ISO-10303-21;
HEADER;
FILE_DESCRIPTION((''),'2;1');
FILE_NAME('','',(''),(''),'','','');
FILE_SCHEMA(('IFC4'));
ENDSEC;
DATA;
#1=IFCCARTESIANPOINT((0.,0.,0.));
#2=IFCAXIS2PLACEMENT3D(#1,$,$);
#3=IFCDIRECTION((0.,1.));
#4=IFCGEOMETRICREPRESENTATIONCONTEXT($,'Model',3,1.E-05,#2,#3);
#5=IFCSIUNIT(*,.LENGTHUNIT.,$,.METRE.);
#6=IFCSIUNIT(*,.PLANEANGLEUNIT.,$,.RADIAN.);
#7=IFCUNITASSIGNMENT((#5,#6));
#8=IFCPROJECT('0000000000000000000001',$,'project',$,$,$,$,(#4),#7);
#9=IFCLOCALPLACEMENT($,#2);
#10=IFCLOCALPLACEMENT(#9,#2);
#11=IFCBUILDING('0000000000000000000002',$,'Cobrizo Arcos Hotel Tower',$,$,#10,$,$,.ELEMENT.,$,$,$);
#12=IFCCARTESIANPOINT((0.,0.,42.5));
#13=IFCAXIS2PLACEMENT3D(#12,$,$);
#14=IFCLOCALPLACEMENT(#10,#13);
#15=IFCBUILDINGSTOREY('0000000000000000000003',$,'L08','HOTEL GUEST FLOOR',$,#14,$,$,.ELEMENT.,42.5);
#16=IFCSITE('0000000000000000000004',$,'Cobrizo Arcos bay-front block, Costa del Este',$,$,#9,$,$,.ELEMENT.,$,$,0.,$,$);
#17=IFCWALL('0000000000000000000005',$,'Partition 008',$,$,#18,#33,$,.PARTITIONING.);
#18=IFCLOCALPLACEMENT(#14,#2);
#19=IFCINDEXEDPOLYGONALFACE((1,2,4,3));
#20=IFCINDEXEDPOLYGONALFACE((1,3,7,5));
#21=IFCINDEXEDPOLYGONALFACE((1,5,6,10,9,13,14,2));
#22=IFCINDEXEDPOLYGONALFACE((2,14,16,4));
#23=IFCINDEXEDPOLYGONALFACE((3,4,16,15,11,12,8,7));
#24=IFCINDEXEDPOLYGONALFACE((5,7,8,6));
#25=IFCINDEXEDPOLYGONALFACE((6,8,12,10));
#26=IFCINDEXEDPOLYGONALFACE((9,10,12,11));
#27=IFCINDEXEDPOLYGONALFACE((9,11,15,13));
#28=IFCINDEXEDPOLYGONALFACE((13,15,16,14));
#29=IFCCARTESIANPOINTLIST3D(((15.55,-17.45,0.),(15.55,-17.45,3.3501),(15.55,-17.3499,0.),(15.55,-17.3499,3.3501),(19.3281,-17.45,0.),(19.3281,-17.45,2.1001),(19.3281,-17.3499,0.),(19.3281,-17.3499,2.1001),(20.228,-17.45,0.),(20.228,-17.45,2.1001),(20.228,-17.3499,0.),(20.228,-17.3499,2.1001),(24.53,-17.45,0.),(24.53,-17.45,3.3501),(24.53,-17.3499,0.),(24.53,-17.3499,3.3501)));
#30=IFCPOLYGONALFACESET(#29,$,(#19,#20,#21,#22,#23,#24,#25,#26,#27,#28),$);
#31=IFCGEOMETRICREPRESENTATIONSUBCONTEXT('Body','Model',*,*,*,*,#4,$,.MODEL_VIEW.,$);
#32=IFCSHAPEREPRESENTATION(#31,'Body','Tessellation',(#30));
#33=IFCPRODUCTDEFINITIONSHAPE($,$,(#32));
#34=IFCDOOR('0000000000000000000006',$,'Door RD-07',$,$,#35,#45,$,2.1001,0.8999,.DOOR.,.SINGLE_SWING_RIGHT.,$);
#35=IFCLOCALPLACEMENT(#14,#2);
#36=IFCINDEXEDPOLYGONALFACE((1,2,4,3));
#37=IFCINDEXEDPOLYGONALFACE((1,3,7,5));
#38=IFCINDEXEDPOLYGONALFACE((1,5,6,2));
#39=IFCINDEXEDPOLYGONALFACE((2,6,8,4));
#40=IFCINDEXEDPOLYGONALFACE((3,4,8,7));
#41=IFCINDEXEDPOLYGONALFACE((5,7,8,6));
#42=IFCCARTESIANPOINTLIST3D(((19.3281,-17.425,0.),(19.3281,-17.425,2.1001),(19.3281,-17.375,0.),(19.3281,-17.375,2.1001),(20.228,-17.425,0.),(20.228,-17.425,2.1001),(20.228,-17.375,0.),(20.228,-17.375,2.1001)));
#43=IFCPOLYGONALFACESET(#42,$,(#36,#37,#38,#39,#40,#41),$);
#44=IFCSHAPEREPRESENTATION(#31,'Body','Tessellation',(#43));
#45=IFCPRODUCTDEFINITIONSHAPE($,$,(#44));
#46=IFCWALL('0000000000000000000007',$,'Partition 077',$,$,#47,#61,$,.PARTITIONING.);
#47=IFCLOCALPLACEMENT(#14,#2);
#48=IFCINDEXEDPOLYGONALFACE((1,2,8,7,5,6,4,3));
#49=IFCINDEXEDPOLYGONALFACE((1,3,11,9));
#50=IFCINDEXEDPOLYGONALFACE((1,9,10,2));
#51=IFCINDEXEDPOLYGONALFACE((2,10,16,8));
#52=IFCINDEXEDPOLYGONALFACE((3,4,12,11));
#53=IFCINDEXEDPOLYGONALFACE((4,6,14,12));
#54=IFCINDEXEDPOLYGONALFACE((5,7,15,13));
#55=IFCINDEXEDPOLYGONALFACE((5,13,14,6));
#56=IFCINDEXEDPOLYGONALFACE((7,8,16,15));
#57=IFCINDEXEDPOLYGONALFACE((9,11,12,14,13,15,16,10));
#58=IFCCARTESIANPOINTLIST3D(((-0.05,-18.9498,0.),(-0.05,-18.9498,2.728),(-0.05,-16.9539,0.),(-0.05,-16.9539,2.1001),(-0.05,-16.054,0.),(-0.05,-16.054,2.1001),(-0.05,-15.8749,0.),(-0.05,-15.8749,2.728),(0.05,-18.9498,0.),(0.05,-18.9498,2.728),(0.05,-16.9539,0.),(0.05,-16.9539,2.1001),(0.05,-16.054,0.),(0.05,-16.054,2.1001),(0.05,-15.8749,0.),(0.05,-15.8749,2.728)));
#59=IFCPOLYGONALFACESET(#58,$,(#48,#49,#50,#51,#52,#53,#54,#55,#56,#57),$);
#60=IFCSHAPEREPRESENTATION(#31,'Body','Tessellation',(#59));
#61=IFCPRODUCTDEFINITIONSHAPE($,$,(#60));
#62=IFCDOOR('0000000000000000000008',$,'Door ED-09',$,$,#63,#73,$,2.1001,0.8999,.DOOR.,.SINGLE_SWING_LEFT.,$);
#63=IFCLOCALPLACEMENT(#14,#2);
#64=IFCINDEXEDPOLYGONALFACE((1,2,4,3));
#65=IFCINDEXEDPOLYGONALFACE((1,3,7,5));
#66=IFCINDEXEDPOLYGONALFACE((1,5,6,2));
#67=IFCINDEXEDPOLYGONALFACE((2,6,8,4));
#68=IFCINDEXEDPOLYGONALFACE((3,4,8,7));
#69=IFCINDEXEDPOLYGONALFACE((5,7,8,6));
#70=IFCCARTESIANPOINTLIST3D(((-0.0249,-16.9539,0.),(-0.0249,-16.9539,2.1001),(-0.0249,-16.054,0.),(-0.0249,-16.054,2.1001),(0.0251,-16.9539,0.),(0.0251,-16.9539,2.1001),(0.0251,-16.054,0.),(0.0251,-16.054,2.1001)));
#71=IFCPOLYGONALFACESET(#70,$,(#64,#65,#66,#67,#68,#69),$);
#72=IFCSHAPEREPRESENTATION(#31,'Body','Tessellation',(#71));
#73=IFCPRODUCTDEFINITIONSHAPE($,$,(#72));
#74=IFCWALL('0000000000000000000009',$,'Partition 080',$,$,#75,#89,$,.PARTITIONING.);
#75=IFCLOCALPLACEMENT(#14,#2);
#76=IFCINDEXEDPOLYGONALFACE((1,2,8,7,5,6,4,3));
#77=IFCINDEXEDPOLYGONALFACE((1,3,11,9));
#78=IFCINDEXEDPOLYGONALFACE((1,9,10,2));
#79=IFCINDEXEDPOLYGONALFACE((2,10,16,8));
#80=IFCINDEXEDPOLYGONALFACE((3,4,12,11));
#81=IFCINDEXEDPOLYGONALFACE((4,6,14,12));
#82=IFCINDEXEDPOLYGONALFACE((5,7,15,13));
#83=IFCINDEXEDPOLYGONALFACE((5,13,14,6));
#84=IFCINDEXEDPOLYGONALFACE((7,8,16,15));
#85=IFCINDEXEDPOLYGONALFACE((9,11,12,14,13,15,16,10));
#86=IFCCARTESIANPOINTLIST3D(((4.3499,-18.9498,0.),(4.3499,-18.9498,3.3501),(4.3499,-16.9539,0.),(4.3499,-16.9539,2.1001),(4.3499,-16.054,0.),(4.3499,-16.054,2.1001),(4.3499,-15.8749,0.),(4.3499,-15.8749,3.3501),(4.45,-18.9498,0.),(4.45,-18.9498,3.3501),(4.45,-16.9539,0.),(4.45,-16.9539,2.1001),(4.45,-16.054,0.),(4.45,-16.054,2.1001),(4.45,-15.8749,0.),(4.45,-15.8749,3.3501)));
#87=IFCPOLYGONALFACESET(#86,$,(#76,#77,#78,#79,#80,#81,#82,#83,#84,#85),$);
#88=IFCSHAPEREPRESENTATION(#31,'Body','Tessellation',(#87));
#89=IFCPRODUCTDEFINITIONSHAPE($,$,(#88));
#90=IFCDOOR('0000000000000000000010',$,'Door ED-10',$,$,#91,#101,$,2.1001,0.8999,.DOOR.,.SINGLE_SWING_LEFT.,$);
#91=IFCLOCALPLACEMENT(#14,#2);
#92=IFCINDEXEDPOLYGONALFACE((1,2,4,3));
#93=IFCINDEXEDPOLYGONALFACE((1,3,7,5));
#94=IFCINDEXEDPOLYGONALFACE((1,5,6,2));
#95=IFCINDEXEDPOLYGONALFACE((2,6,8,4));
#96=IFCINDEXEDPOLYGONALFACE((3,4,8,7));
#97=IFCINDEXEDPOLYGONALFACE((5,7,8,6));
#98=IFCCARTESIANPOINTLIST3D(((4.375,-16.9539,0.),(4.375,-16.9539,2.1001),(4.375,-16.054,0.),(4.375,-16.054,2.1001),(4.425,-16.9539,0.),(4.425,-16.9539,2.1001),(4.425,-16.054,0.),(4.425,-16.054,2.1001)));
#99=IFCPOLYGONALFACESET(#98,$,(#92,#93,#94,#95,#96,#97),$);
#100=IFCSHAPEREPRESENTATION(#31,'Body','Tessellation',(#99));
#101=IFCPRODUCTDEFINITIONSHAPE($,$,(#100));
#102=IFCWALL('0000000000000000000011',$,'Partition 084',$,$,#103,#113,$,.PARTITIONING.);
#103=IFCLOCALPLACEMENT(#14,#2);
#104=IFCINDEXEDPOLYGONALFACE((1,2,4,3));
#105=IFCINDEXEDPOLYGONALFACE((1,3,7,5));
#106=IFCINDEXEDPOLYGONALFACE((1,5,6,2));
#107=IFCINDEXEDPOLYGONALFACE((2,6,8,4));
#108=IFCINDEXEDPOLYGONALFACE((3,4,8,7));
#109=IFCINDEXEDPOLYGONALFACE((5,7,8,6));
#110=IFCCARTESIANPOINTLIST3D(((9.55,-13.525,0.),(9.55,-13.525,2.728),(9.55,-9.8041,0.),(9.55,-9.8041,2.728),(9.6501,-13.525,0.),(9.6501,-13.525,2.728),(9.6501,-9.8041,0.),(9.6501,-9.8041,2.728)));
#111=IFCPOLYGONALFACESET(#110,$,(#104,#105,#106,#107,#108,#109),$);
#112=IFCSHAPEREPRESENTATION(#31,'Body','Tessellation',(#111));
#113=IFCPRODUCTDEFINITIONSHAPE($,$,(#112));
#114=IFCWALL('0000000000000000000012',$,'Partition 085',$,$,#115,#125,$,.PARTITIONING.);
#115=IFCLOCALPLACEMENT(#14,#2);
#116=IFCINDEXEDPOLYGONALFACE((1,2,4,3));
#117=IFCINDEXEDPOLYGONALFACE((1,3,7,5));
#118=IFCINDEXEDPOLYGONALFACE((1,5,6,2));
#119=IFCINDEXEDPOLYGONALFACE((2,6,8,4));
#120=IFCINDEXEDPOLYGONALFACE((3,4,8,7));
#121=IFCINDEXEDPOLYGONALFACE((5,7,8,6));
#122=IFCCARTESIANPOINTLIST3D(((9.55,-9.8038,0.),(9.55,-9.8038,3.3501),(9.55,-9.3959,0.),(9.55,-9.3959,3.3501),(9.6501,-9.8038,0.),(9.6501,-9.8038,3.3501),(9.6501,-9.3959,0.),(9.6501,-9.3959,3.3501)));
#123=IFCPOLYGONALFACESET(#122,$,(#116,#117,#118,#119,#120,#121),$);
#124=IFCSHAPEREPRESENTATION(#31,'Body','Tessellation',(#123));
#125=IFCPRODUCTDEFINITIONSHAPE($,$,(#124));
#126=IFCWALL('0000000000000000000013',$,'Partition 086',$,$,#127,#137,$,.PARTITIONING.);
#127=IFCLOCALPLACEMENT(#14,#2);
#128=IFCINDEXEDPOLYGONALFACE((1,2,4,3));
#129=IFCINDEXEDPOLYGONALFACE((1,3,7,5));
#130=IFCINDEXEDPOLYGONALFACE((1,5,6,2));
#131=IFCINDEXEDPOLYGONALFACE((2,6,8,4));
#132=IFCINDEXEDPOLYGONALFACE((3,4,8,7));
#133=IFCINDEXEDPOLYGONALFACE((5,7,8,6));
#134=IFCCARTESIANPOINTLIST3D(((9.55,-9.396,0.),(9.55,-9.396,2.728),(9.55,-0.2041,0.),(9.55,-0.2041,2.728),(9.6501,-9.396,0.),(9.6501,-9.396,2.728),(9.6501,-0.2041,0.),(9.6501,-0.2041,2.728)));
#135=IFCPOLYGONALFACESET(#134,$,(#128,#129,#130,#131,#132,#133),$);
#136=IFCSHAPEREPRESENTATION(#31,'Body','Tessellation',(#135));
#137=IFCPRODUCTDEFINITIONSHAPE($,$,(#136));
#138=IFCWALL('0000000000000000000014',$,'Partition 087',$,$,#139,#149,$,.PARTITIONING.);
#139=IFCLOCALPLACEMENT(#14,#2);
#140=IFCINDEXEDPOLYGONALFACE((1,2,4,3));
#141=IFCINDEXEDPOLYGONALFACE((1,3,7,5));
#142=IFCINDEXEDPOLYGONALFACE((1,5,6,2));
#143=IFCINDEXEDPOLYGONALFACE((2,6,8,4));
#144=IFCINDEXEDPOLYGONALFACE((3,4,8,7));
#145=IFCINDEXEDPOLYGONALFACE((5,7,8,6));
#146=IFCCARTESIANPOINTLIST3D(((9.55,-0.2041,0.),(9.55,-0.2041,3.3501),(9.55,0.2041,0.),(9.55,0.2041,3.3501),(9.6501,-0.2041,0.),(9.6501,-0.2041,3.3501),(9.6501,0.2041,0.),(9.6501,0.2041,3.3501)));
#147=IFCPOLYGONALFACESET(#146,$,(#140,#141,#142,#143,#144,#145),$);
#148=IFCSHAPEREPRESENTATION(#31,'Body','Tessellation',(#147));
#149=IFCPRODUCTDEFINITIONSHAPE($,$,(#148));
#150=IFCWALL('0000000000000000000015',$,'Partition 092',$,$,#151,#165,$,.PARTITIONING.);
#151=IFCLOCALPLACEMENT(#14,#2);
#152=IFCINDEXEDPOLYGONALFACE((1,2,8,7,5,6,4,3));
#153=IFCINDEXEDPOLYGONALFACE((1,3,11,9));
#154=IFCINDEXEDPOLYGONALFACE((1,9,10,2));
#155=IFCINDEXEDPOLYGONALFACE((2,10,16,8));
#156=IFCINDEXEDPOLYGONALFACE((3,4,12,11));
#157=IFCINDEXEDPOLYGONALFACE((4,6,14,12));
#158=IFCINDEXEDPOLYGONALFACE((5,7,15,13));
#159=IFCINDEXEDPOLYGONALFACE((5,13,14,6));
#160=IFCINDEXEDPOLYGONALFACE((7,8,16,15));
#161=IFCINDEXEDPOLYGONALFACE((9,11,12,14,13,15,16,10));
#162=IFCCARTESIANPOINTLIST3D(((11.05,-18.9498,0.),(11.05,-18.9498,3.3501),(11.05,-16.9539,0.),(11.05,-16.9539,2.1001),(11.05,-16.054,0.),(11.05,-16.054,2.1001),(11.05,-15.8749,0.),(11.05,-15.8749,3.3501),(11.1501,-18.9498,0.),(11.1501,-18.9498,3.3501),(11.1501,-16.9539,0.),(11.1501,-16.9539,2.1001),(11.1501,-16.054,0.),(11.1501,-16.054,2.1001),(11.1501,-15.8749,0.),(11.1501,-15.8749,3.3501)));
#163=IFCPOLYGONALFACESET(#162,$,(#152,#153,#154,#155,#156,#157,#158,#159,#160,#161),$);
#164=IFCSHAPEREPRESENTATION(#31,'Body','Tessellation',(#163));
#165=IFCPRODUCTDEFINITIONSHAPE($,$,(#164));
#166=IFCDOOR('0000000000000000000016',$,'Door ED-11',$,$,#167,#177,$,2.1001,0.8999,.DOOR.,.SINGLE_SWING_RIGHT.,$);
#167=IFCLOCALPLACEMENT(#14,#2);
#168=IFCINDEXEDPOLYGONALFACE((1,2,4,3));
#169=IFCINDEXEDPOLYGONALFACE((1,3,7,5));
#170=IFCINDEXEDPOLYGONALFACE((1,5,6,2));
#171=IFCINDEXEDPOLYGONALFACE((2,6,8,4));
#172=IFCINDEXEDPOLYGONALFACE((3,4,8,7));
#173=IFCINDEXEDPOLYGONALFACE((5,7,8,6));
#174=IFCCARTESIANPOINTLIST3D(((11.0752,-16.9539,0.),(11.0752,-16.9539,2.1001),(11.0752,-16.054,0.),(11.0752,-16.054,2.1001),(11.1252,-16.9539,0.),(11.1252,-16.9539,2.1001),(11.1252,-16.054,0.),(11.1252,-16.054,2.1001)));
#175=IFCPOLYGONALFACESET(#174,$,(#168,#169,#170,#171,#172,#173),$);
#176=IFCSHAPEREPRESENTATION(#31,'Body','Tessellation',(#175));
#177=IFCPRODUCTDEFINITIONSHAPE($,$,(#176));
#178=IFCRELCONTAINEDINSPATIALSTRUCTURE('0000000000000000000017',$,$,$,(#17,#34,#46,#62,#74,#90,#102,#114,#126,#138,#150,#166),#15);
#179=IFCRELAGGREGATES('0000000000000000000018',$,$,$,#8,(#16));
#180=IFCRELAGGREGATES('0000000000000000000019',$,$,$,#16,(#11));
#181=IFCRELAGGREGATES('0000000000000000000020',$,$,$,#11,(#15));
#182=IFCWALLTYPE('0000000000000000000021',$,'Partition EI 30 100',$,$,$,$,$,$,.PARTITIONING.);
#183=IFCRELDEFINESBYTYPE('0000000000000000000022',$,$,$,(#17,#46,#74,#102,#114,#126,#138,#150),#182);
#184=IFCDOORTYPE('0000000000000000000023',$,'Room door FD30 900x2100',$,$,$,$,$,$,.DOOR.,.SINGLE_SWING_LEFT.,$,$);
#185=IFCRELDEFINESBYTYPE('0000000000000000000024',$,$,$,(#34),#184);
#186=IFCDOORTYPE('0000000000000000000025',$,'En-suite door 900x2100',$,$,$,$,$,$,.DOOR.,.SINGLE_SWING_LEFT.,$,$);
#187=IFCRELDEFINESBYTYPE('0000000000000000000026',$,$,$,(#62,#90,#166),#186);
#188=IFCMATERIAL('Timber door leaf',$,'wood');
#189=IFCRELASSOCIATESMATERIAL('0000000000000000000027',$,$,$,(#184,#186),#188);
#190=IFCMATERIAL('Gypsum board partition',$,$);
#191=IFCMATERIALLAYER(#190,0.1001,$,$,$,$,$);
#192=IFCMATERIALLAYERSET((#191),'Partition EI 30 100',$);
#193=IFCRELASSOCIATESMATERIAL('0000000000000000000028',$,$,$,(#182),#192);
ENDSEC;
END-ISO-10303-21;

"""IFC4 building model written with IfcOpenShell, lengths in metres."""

from ifc_helpers import new_model, si_unit, direction, frame, frame_2d, origin, place, context, subcontext, project, spatial, rectangle, extrude, material, layer, layer_set, type_object, element, fill, save


model = new_model("IFC4")

# Units and contexts
model_context = context("Model", 3, precision=1e-05, world=origin(), true_north=direction((0.0, 1.0)))
body_context = subcontext(model_context, "Body", "Model", "MODEL_VIEW")
ifc_project = project(units=[si_unit("LENGTHUNIT", "METRE"), si_unit("PLANEANGLEUNIT", "RADIAN")], contexts=[model_context])

# Site, building, storey
site_placement = place(None, origin())
site = spatial("IfcSite", under=ifc_project, at=site_placement, Name="Cobrizo Arcos bay-front block, Costa del Este", CompositionType="ELEMENT", RefElevation=0.0)
building_placement = place(site_placement, origin())
building = spatial("IfcBuilding", under=site, at=building_placement, Name="Cobrizo Arcos Hotel Tower", CompositionType="ELEMENT")
storey_placement = place(building_placement, frame((0.0, 0.0, 42.5)))
storey = spatial("IfcBuildingStorey", under=building, at=storey_placement, Name="L08", Description="HOTEL GUEST FLOOR", CompositionType="ELEMENT", Elevation=42.5)

# Shared definitions
ifc_material_1 = material(Name="Gypsum board partition")
ifc_material_2 = material(Name="Timber door leaf", Category="wood")
door_type_1 = type_object("IfcDoorType", Name="Room door FD30 900x2100", OperationType="SINGLE_SWING_LEFT", PredefinedType="DOOR", material=ifc_material_2)

# Shared definitions
ifc_layer_1 = layer(ifc_material_1, 0.1001)
ifc_layer_set_1 = layer_set([ifc_layer_1], Name="Partition EI 30 100")
wall_type_1 = type_object("IfcWallType", Name="Partition EI 30 100", PredefinedType="PARTITIONING", material=ifc_layer_set_1)

# Walls, openings, doors
wall_1_placement = place(storey_placement, frame((15.55, -17.3999, 0.0), z_axis=(0.0, 0.0, 1.0), x_axis=(1.0, 0.0, 0.0)))
wall_1 = element("IfcWall", 1, at=wall_1_placement, inside=storey, type_object=wall_type_1, Name="Partition 008", PredefinedType="PARTITIONING", context=body_context, shape_type="SweptSolid", body=[
    extrude(rectangle(XDim=8.98, YDim=0.1001, at=frame_2d((4.49, 0.0))), origin(), (0.0, 0.0, 1.0), 3.3501),
])
opening_1_placement = place(wall_1_placement, frame((3.7781, 0.0, 0.0)))
opening_1 = element("IfcOpeningElement", 2, at=opening_1_placement, cuts=wall_1, PredefinedType="OPENING", context=body_context, shape_type="SweptSolid", body=[
    extrude(rectangle(XDim=0.8999, YDim=2.1001, at=frame_2d((0.45, 1.05))), frame((0.0, 0.062, 0.0), z_axis=(0.0, -1.0, 0.0), x_axis=(1.0, 0.0, 0.0)), (0.0, 0.0, 1.0), 0.124),
])
door_1_placement = place(opening_1_placement, origin())
door_1 = element("IfcDoor", 3, at=door_1_placement, inside=storey, type_object=door_type_1, Name="Door RD-07", OperationType="SINGLE_SWING_RIGHT", OverallHeight=2.1001, OverallWidth=0.8999, PredefinedType="DOOR", context=body_context, shape_type="SweptSolid", body=[
    extrude(rectangle(XDim=0.8999, YDim=2.1001, at=frame_2d((0.45, 1.05))), frame((0.0, 0.0249, 0.0), z_axis=(0.0, -1.0, 0.0), x_axis=(1.0, 0.0, 0.0)), (0.0, 0.0, 1.0), 0.05),
])
fill(opening_1, door_1)
wall_2_placement = place(storey_placement, frame((0.0, -18.95, 0.0), z_axis=(0.0, 0.0, 1.0), x_axis=(0.0, 1.0, 0.0)))
wall_2 = element("IfcWall", 4, at=wall_2_placement, inside=storey, type_object=wall_type_1, Name="Partition 077", PredefinedType="PARTITIONING", context=body_context, shape_type="SweptSolid", body=[
    extrude(rectangle(XDim=3.075, YDim=0.1001, at=frame_2d((1.5376, 0.0))), origin(), (0.0, 0.0, 1.0), 2.728),
])
opening_2_placement = place(wall_2_placement, frame((1.9961, 0.0, 0.0)))
opening_2 = element("IfcOpeningElement", 5, at=opening_2_placement, cuts=wall_2, PredefinedType="OPENING", context=body_context, shape_type="SweptSolid", body=[
    extrude(rectangle(XDim=0.8999, YDim=2.1001, at=frame_2d((0.45, 1.05))), frame((0.0, 0.062, 0.0), z_axis=(0.0, -1.0, 0.0), x_axis=(1.0, 0.0, 0.0)), (0.0, 0.0, 1.0), 0.124),
])
door_type_2 = type_object("IfcDoorType", Name="En-suite door 900x2100", OperationType="SINGLE_SWING_LEFT", PredefinedType="DOOR", material=ifc_material_2)
door_2_placement = place(opening_2_placement, origin())
door_2 = element("IfcDoor", 6, at=door_2_placement, inside=storey, type_object=door_type_2, Name="Door ED-09", OperationType="SINGLE_SWING_LEFT", OverallHeight=2.1001, OverallWidth=0.8999, PredefinedType="DOOR", context=body_context, shape_type="SweptSolid", body=[
    extrude(rectangle(XDim=0.8999, YDim=2.1001, at=frame_2d((0.45, 1.05))), frame((0.0, 0.0249, 0.0), z_axis=(0.0, -1.0, 0.0), x_axis=(1.0, 0.0, 0.0)), (0.0, 0.0, 1.0), 0.05),
])
fill(opening_2, door_2)
wall_3_placement = place(storey_placement, frame((4.3999, -18.95, 0.0), z_axis=(0.0, 0.0, 1.0), x_axis=(0.0, 1.0, 0.0)))
wall_3 = element("IfcWall", 7, at=wall_3_placement, inside=storey, type_object=wall_type_1, Name="Partition 080", PredefinedType="PARTITIONING", context=body_context, shape_type="SweptSolid", body=[
    extrude(rectangle(XDim=3.075, YDim=0.1001, at=frame_2d((1.5376, 0.0))), origin(), (0.0, 0.0, 1.0), 3.3501),
])
opening_3_placement = place(wall_3_placement, frame((1.9961, 0.0, 0.0)))
opening_3 = element("IfcOpeningElement", 8, at=opening_3_placement, cuts=wall_3, PredefinedType="OPENING", context=body_context, shape_type="SweptSolid", body=[
    extrude(rectangle(XDim=0.8999, YDim=2.1001, at=frame_2d((0.45, 1.05))), frame((0.0, 0.062, 0.0), z_axis=(0.0, -1.0, 0.0), x_axis=(1.0, 0.0, 0.0)), (0.0, 0.0, 1.0), 0.124),
])
door_3_placement = place(opening_3_placement, origin())
door_3 = element("IfcDoor", 9, at=door_3_placement, inside=storey, type_object=door_type_2, Name="Door ED-10", OperationType="SINGLE_SWING_LEFT", OverallHeight=2.1001, OverallWidth=0.8999, PredefinedType="DOOR", context=body_context, shape_type="SweptSolid", body=[
    extrude(rectangle(XDim=0.8999, YDim=2.1001, at=frame_2d((0.45, 1.05))), frame((0.0, 0.0249, 0.0), z_axis=(0.0, -1.0, 0.0), x_axis=(1.0, 0.0, 0.0)), (0.0, 0.0, 1.0), 0.05),
])
fill(opening_3, door_3)

# Walls
wall_4_placement = place(storey_placement, frame((9.6001, -13.5249, 0.0), z_axis=(0.0, 0.0, 1.0), x_axis=(0.0, 1.0, 0.0)))
element("IfcWall", 10, at=wall_4_placement, inside=storey, type_object=wall_type_1, Name="Partition 084", PredefinedType="PARTITIONING", context=body_context, shape_type="SweptSolid", body=[
    extrude(rectangle(XDim=3.7209, YDim=0.1001, at=frame_2d((1.8604, 0.0))), origin(), (0.0, 0.0, 1.0), 2.728),
])
wall_5_placement = place(storey_placement, frame((9.6001, -9.804, 0.0), z_axis=(0.0, 0.0, 1.0), x_axis=(0.0, 1.0, 0.0)))
element("IfcWall", 11, at=wall_5_placement, inside=storey, type_object=wall_type_1, Name="Partition 085", PredefinedType="PARTITIONING", context=body_context, shape_type="SweptSolid", body=[
    extrude(rectangle(XDim=0.408, YDim=0.1001, at=frame_2d((0.2041, 0.0))), origin(), (0.0, 0.0, 1.0), 3.3501),
])
wall_6_placement = place(storey_placement, frame((9.6001, -9.396, 0.0), z_axis=(0.0, 0.0, 1.0), x_axis=(0.0, 1.0, 0.0)))
element("IfcWall", 12, at=wall_6_placement, inside=storey, type_object=wall_type_1, Name="Partition 086", PredefinedType="PARTITIONING", context=body_context, shape_type="SweptSolid", body=[
    extrude(rectangle(XDim=9.1919, YDim=0.1001, at=frame_2d((4.5959, 0.0))), origin(), (0.0, 0.0, 1.0), 2.728),
])
wall_7_placement = place(storey_placement, frame((9.6001, -0.2041, 0.0), z_axis=(0.0, 0.0, 1.0), x_axis=(0.0, 1.0, 0.0)))
element("IfcWall", 13, at=wall_7_placement, inside=storey, type_object=wall_type_1, Name="Partition 087", PredefinedType="PARTITIONING", context=body_context, shape_type="SweptSolid", body=[
    extrude(rectangle(XDim=0.4082, YDim=0.1001, at=frame_2d((0.2041, 0.0))), origin(), (0.0, 0.0, 1.0), 3.3501),
])

# Wall, opening, door
wall_8_placement = place(storey_placement, frame((11.1001, -18.95, 0.0), z_axis=(0.0, 0.0, 1.0), x_axis=(0.0, 1.0, 0.0)))
wall_8 = element("IfcWall", 14, at=wall_8_placement, inside=storey, type_object=wall_type_1, Name="Partition 092", PredefinedType="PARTITIONING", context=body_context, shape_type="SweptSolid", body=[
    extrude(rectangle(XDim=3.075, YDim=0.1001, at=frame_2d((1.5376, 0.0))), origin(), (0.0, 0.0, 1.0), 3.3501),
])
opening_4_placement = place(wall_8_placement, frame((1.9961, 0.0, 0.0)))
opening_4 = element("IfcOpeningElement", 15, at=opening_4_placement, cuts=wall_8, PredefinedType="OPENING", context=body_context, shape_type="SweptSolid", body=[
    extrude(rectangle(XDim=0.8999, YDim=2.1001, at=frame_2d((0.45, 1.05))), frame((0.0, 0.062, 0.0), z_axis=(0.0, -1.0, 0.0), x_axis=(1.0, 0.0, 0.0)), (0.0, 0.0, 1.0), 0.124),
])
door_4_placement = place(opening_4_placement, origin())
door_4 = element("IfcDoor", 16, at=door_4_placement, inside=storey, type_object=door_type_2, Name="Door ED-11", OperationType="SINGLE_SWING_RIGHT", OverallHeight=2.1001, OverallWidth=0.8999, PredefinedType="DOOR", context=body_context, shape_type="SweptSolid", body=[
    extrude(rectangle(XDim=0.8999, YDim=2.1001, at=frame_2d((0.45, 1.05))), frame((0.0, 0.0249, 0.0), z_axis=(0.0, -1.0, 0.0), x_axis=(1.0, 0.0, 0.0)), (0.0, 0.0, 1.0), 0.05),
])
fill(opening_4, door_4)

save(model, "model.ifc")
